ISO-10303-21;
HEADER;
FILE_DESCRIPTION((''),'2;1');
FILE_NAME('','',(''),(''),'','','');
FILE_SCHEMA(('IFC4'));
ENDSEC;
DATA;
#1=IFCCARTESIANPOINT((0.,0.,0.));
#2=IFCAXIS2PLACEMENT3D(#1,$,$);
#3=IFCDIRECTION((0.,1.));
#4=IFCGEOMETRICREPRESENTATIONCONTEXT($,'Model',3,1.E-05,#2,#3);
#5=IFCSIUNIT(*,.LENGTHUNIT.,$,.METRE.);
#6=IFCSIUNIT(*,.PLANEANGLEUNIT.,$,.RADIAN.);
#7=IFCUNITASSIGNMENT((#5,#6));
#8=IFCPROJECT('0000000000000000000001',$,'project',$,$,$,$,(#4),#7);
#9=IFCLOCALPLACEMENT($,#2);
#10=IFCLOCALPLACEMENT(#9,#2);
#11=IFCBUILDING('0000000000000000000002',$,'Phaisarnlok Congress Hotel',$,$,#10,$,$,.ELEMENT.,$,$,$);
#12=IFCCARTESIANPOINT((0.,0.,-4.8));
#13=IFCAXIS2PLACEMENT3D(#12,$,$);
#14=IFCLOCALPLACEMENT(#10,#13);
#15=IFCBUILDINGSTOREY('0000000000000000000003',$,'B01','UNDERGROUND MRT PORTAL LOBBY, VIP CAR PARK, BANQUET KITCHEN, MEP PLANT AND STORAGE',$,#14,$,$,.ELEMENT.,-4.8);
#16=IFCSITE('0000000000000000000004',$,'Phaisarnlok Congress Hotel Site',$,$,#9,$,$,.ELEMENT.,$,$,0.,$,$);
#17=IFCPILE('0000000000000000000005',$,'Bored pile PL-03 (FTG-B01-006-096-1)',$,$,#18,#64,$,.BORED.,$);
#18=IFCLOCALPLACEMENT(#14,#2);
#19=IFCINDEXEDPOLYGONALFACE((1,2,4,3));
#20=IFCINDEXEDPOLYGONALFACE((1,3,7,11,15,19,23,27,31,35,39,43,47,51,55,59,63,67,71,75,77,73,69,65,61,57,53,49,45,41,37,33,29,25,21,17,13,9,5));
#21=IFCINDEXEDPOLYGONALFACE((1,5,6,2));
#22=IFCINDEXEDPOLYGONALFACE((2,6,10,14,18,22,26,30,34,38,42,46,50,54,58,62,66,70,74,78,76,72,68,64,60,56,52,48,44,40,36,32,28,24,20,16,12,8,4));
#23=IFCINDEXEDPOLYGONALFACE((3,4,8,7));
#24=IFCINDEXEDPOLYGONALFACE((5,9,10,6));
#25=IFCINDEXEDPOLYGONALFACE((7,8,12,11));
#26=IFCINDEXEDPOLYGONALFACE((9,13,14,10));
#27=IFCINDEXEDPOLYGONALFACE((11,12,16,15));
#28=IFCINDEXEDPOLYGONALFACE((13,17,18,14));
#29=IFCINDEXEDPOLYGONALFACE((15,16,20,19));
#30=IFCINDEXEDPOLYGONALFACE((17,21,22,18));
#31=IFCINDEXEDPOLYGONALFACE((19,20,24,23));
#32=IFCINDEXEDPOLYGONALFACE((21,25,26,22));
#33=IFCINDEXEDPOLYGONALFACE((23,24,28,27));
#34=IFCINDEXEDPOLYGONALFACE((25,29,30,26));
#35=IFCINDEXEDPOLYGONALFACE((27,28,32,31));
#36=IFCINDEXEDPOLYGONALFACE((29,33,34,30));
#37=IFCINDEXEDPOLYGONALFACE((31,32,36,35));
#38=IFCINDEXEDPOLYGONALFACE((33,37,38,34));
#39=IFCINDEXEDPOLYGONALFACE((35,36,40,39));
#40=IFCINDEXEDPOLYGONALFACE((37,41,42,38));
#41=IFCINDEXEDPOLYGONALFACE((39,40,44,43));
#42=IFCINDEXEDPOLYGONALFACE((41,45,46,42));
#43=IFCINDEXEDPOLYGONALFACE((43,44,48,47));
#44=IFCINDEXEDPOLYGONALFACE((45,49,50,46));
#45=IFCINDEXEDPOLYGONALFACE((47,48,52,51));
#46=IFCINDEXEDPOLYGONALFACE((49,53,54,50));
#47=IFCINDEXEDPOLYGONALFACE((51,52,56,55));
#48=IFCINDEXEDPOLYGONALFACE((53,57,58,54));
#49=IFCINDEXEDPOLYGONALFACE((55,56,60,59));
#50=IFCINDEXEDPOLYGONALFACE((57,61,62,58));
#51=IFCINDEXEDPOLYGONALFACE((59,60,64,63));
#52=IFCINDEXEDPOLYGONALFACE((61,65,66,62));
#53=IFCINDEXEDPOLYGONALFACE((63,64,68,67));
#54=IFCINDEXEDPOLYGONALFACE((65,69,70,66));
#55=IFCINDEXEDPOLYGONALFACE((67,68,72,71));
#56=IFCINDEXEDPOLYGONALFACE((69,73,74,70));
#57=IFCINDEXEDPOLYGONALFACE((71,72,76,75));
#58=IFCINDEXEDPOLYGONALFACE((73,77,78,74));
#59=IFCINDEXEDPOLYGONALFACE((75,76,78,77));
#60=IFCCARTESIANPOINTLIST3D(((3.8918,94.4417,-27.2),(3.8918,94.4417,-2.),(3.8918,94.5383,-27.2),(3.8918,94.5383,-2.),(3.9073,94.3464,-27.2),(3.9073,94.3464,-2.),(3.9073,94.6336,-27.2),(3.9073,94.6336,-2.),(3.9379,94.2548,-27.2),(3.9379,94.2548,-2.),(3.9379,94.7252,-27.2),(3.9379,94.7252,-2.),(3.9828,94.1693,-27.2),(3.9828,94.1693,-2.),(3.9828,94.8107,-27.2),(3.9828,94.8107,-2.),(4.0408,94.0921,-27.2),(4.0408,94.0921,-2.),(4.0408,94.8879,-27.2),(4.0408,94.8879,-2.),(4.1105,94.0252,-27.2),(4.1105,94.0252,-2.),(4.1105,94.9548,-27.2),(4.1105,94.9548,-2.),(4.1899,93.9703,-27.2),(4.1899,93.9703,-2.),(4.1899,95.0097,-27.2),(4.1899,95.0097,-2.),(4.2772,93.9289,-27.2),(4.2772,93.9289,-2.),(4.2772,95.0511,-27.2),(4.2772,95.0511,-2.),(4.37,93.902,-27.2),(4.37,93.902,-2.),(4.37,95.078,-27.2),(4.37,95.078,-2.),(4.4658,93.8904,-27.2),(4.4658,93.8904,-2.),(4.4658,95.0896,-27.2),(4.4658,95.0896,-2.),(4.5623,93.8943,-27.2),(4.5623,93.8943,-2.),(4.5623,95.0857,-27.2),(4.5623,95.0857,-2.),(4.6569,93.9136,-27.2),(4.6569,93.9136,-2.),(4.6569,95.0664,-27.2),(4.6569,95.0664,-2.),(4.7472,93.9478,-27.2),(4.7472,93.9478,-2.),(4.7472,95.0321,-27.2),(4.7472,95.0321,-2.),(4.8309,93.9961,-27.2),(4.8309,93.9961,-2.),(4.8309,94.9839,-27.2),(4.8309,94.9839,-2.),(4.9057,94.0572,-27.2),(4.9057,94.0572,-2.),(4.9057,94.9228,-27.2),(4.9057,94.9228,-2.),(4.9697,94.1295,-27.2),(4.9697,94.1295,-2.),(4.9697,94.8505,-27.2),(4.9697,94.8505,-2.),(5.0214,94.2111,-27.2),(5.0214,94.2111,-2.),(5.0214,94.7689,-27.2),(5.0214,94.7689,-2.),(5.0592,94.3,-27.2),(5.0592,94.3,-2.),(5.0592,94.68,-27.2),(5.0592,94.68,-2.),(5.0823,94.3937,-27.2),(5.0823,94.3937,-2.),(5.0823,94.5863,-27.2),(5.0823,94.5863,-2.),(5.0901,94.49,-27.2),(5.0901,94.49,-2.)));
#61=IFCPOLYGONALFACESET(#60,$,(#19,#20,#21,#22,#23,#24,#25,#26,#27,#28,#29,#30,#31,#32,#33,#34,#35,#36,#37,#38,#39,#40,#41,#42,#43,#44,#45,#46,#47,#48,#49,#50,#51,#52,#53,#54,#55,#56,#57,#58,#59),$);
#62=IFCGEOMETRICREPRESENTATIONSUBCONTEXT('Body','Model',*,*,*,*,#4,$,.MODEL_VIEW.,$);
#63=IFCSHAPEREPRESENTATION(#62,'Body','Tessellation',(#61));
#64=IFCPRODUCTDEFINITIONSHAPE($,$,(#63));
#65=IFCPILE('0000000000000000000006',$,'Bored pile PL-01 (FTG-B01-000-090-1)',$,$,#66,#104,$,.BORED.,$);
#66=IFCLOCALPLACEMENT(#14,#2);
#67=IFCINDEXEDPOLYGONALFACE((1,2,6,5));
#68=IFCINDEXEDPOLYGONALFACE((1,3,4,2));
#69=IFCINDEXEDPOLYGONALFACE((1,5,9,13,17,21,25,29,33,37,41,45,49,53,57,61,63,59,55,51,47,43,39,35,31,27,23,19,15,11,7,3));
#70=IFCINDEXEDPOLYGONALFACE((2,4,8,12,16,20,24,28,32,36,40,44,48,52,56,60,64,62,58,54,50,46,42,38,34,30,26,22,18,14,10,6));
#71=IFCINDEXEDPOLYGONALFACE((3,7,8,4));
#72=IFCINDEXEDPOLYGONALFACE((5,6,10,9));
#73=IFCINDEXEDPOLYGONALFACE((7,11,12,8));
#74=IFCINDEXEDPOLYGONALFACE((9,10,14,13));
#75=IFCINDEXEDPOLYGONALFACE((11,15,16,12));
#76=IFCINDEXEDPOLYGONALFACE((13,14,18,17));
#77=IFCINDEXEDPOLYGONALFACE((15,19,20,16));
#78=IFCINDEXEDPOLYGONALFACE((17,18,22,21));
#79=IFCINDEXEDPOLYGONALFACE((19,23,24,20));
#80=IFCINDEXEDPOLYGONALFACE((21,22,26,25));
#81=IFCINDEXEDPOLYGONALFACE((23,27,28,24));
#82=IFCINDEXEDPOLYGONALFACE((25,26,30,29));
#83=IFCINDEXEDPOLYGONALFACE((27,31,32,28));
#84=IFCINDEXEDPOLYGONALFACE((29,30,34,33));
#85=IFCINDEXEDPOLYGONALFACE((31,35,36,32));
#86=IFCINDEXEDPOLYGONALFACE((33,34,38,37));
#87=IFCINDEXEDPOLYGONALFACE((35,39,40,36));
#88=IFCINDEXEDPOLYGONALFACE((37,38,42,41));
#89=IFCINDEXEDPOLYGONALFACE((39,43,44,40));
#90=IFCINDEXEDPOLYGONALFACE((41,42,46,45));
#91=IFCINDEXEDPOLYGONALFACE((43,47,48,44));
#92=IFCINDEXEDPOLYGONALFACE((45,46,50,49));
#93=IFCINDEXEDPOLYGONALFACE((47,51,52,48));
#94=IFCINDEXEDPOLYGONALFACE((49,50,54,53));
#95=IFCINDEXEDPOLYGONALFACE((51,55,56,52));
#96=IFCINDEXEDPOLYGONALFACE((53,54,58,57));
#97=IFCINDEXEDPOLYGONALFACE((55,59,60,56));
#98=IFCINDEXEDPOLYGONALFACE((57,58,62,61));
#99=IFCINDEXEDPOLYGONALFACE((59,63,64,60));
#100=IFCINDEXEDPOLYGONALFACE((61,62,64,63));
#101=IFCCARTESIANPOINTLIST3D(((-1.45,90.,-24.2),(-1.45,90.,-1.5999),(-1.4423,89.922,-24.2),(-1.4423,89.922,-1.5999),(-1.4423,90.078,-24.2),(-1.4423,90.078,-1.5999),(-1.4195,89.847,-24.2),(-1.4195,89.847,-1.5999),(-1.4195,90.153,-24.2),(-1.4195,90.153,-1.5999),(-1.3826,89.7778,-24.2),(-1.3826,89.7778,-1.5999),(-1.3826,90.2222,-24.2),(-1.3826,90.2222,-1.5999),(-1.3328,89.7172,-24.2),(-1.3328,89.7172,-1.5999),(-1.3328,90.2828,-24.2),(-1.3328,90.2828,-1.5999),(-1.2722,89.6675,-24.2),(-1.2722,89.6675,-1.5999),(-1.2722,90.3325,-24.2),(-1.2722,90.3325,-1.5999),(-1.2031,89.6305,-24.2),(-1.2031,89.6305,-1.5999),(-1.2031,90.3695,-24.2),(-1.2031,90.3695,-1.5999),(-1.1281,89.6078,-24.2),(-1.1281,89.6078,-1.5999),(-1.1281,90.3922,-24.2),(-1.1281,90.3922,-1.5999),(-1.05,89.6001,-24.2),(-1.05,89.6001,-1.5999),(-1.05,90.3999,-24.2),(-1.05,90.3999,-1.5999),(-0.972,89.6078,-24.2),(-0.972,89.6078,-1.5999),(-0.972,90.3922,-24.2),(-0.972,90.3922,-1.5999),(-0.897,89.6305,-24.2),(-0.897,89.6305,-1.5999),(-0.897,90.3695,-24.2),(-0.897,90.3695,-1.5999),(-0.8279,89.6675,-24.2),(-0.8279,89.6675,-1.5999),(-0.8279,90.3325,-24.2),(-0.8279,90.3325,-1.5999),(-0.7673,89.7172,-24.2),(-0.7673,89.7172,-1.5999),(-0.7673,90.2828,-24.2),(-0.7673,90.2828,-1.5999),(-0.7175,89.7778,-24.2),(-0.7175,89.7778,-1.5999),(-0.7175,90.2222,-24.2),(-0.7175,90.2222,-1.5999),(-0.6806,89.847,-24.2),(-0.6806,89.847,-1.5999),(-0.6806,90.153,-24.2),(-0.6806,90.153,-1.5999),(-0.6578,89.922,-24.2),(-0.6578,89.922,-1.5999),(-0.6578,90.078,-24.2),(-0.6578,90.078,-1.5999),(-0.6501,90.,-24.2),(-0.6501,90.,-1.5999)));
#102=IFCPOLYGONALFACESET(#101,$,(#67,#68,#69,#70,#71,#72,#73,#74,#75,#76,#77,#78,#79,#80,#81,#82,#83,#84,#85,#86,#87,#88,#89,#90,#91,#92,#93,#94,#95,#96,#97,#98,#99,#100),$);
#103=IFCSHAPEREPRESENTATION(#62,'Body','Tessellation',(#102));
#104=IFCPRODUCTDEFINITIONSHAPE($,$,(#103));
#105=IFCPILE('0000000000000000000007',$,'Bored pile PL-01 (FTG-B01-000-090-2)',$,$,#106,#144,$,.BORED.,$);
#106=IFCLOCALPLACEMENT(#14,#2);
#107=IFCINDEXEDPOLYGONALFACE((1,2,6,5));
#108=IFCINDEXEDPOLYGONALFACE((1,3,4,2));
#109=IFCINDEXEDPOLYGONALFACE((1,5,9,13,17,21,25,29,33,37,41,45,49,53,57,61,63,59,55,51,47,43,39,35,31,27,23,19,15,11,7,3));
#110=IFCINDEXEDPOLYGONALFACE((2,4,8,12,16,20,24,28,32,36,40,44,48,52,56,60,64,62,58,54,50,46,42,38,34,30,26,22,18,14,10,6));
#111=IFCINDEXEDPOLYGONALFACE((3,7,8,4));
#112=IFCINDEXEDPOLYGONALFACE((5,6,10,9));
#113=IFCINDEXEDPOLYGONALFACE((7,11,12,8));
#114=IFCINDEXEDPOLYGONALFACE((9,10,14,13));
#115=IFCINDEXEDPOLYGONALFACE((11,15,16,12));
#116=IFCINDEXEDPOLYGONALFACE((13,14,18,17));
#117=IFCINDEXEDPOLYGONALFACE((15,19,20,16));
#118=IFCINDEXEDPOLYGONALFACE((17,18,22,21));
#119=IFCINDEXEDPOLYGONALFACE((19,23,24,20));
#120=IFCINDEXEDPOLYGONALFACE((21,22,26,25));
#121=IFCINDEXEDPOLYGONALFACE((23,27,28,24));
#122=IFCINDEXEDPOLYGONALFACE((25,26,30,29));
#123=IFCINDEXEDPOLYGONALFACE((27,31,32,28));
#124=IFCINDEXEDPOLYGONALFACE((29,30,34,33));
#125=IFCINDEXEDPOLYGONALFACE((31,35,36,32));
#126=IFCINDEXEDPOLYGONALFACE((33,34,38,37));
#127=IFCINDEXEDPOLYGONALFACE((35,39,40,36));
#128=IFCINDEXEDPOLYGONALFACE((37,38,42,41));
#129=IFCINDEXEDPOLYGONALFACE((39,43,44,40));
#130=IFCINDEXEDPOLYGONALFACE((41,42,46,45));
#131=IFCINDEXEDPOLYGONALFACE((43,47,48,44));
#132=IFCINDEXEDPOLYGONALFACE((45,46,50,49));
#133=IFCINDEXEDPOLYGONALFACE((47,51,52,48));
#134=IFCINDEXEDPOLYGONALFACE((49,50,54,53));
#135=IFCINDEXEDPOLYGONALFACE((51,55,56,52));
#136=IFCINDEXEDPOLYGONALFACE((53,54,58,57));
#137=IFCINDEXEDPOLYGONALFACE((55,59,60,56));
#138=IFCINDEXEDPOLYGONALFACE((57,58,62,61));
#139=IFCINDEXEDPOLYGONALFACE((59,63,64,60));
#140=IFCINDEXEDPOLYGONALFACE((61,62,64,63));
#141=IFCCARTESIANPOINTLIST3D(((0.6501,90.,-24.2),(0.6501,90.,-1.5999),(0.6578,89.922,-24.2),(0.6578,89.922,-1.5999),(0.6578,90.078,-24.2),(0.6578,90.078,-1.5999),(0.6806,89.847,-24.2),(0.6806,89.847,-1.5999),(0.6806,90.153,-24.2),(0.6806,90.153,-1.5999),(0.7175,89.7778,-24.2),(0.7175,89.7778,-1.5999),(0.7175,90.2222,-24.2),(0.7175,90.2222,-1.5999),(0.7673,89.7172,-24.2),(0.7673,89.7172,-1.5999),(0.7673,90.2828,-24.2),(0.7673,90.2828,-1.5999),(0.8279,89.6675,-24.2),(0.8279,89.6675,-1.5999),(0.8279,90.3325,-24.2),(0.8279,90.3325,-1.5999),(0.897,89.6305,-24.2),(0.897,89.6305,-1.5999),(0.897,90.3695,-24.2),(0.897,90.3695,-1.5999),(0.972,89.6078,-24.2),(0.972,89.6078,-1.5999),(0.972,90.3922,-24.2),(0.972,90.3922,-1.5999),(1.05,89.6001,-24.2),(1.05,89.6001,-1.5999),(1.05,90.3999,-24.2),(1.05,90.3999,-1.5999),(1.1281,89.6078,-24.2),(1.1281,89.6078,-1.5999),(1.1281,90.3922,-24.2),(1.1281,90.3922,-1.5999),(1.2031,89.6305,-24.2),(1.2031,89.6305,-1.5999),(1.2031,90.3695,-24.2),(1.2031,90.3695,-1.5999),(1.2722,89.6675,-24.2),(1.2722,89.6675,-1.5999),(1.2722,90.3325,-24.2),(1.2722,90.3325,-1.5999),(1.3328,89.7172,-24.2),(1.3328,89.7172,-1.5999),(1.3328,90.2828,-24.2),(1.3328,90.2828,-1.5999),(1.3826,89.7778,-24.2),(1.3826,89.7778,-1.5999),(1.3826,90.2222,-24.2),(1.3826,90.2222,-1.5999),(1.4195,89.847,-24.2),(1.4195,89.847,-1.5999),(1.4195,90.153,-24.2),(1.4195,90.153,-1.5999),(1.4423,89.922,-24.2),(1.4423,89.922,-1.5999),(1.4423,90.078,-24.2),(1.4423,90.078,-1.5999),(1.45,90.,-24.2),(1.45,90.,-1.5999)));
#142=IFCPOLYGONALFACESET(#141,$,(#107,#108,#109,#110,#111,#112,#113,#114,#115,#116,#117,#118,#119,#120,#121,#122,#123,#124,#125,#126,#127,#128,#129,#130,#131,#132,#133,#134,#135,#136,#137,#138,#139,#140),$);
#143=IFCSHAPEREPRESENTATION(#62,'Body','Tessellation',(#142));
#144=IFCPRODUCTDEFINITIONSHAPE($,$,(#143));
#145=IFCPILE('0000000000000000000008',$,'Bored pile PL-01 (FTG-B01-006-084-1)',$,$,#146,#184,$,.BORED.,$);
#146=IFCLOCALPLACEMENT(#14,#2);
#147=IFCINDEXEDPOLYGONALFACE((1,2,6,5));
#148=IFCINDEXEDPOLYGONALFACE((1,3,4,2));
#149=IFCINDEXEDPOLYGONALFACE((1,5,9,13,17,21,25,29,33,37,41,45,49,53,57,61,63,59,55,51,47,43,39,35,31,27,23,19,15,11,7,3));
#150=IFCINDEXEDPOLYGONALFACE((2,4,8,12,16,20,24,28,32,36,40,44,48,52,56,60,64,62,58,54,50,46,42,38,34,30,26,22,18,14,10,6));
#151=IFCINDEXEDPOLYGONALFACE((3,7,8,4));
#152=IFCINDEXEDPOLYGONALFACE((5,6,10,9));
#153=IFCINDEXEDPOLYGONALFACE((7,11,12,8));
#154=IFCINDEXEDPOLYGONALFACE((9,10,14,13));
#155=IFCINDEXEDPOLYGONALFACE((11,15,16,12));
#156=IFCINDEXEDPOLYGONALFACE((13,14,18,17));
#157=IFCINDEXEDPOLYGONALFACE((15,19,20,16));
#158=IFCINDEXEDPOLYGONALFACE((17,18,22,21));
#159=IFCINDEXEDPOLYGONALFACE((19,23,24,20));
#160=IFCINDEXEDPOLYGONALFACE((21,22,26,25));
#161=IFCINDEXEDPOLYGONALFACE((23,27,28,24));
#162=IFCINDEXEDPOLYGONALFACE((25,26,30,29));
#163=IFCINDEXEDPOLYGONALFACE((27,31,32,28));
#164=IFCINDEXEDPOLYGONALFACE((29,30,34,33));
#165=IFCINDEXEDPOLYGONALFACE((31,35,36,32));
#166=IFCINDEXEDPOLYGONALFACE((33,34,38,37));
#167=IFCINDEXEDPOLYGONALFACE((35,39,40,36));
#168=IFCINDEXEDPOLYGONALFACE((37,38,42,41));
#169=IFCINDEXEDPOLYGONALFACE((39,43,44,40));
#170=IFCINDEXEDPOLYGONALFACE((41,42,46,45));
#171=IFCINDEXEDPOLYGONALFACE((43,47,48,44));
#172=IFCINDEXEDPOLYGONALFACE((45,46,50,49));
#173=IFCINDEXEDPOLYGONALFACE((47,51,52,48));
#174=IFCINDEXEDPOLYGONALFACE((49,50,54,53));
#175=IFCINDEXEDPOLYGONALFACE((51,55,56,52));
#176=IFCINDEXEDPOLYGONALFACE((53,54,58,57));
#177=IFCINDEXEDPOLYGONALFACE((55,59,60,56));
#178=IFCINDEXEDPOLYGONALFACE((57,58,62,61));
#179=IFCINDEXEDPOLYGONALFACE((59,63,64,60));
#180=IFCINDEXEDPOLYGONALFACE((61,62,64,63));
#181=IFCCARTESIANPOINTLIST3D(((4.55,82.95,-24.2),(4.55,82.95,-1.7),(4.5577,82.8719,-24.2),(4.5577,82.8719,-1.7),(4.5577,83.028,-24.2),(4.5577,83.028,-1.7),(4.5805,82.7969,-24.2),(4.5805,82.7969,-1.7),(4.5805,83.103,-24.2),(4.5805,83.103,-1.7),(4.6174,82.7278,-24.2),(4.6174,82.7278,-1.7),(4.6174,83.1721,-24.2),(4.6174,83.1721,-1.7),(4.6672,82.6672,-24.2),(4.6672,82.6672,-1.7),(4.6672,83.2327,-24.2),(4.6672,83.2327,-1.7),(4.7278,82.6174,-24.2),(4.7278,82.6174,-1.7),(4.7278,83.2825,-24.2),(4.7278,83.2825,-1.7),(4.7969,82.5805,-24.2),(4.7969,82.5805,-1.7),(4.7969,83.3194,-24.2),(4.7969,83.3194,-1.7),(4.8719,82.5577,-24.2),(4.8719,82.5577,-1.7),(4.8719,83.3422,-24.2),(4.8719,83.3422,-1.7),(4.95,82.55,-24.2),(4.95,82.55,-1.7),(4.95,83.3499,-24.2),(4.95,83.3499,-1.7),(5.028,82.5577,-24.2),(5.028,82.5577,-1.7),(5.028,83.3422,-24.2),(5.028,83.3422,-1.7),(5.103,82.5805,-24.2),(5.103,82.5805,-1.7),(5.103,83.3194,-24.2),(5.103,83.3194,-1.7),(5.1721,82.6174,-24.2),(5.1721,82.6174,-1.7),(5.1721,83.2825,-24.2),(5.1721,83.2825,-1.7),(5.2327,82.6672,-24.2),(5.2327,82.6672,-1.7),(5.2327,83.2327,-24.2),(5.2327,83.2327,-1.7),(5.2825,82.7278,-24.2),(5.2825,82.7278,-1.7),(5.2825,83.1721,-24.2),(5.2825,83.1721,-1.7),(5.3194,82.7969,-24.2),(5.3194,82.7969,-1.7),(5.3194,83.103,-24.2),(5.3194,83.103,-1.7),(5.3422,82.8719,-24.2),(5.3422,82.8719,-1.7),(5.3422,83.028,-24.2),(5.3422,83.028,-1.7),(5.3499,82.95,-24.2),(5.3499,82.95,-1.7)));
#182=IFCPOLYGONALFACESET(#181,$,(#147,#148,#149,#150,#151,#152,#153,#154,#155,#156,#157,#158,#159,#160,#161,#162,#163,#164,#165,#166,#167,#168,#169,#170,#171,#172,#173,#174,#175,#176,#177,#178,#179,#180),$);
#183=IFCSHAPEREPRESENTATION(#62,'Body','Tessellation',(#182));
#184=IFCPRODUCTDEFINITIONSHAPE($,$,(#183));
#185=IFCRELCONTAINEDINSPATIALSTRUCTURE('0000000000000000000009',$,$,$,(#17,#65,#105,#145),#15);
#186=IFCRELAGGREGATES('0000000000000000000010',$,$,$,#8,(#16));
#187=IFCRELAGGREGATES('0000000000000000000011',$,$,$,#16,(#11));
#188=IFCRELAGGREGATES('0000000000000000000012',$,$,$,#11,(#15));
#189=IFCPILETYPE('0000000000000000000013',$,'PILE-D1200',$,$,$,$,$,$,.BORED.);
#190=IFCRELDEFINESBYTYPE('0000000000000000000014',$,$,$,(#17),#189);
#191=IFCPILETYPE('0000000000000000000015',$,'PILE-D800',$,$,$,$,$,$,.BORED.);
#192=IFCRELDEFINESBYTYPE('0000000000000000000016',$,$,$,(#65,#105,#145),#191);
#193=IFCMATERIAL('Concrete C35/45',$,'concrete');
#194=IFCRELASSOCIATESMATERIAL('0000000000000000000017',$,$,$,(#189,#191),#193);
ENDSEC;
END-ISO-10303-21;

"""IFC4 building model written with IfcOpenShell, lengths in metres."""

from ifc_helpers import new_model, si_unit, direction, frame, origin, origin_2d, place, context, subcontext, project, spatial, circle, extrude, material, material_profile, profile_set, type_object, element, save


model = new_model("IFC4")

# Units and contexts
model_context = context("Model", 3, precision=1e-05, world=origin(), true_north=direction((0.0, 1.0)))
body_context = subcontext(model_context, "Body", "Model", "MODEL_VIEW")
ifc_project = project(units=[si_unit("LENGTHUNIT", "METRE"), si_unit("PLANEANGLEUNIT", "RADIAN")], contexts=[model_context])

# Site, building, storey
site_placement = place(None, origin())
site = spatial("IfcSite", under=ifc_project, at=site_placement, Name="Phaisarnlok Congress Hotel Site", CompositionType="ELEMENT", RefElevation=0.0)
building_placement = place(site_placement, origin())
building = spatial("IfcBuilding", under=site, at=building_placement, Name="Phaisarnlok Congress Hotel", CompositionType="ELEMENT")
storey_placement = place(building_placement, frame((0.0, 0.0, -4.8)))
storey = spatial("IfcBuildingStorey", under=building, at=storey_placement, Name="B01", Description="UNDERGROUND MRT PORTAL LOBBY, VIP CAR PARK, BANQUET KITCHEN, MEP PLANT AND STORAGE", CompositionType="ELEMENT", Elevation=-4.8)

# Piles
ifc_material_1 = material(Name="Concrete C35/45", Category="concrete")
ifc_material_profile_1 = material_profile(ifc_material_1, circle(Radius=0.6001, at=origin_2d()), Name="BORED PILE D1200")
ifc_profile_set_1 = profile_set([ifc_material_profile_1], Name="Concrete C35/45")
pile_type_1 = type_object("IfcPileType", Name="PILE-D1200", PredefinedType="BORED", material=ifc_profile_set_1)
for number, where, z_axis, x_axis, name in (
    (1, (4.49, 94.49, -2.0), (0.0, 0.0, -1.0), (1.0, 0.0, 0.0), "Bored pile PL-03 (FTG-B01-006-096-1)"),
):
    element("IfcPile", number, at=place(storey_placement, frame(where, z_axis=z_axis, x_axis=x_axis)), inside=storey, type_object=pile_type_1, Name=name, PredefinedType="BORED", context=body_context, shape_type="SweptSolid", body=[
        extrude(circle(Radius=0.6001, at=origin_2d()), origin(), (0.0, 0.0, 1.0), 25.2),
    ])
ifc_material_profile_2 = material_profile(ifc_material_1, circle(Radius=0.3999, at=origin_2d()), Name="BORED PILE D800")
ifc_profile_set_2 = profile_set([ifc_material_profile_2], Name="Concrete C35/45")
pile_type_2 = type_object("IfcPileType", Name="PILE-D800", PredefinedType="BORED", material=ifc_profile_set_2)
for number, where, z_axis, x_axis, name in (
    (2, (-1.05, 90.0, -1.5999), (0.0, 0.0, -1.0), (1.0, 0.0, 0.0), "Bored pile PL-01 (FTG-B01-000-090-1)"),
    (3, (1.05, 90.0, -1.5999), (0.0, 0.0, -1.0), (1.0, 0.0, 0.0), "Bored pile PL-01 (FTG-B01-000-090-2)"),
):
    element("IfcPile", number, at=place(storey_placement, frame(where, z_axis=z_axis, x_axis=x_axis)), inside=storey, type_object=pile_type_2, Name=name, PredefinedType="BORED", context=body_context, shape_type="SweptSolid", body=[
        extrude(circle(Radius=0.3999, at=origin_2d()), origin(), (0.0, 0.0, 1.0), 22.6001),
    ])
for number, where, z_axis, x_axis, name in (
    (4, (4.95, 82.95, -1.7), (0.0, 0.0, -1.0), (1.0, 0.0, 0.0), "Bored pile PL-01 (FTG-B01-006-084-1)"),
):
    element("IfcPile", number, at=place(storey_placement, frame(where, z_axis=z_axis, x_axis=x_axis)), inside=storey, type_object=pile_type_2, Name=name, PredefinedType="BORED", context=body_context, shape_type="SweptSolid", body=[
        extrude(circle(Radius=0.3999, at=origin_2d()), origin(), (0.0, 0.0, 1.0), 22.5),
    ])

save(model, "model.ifc")
